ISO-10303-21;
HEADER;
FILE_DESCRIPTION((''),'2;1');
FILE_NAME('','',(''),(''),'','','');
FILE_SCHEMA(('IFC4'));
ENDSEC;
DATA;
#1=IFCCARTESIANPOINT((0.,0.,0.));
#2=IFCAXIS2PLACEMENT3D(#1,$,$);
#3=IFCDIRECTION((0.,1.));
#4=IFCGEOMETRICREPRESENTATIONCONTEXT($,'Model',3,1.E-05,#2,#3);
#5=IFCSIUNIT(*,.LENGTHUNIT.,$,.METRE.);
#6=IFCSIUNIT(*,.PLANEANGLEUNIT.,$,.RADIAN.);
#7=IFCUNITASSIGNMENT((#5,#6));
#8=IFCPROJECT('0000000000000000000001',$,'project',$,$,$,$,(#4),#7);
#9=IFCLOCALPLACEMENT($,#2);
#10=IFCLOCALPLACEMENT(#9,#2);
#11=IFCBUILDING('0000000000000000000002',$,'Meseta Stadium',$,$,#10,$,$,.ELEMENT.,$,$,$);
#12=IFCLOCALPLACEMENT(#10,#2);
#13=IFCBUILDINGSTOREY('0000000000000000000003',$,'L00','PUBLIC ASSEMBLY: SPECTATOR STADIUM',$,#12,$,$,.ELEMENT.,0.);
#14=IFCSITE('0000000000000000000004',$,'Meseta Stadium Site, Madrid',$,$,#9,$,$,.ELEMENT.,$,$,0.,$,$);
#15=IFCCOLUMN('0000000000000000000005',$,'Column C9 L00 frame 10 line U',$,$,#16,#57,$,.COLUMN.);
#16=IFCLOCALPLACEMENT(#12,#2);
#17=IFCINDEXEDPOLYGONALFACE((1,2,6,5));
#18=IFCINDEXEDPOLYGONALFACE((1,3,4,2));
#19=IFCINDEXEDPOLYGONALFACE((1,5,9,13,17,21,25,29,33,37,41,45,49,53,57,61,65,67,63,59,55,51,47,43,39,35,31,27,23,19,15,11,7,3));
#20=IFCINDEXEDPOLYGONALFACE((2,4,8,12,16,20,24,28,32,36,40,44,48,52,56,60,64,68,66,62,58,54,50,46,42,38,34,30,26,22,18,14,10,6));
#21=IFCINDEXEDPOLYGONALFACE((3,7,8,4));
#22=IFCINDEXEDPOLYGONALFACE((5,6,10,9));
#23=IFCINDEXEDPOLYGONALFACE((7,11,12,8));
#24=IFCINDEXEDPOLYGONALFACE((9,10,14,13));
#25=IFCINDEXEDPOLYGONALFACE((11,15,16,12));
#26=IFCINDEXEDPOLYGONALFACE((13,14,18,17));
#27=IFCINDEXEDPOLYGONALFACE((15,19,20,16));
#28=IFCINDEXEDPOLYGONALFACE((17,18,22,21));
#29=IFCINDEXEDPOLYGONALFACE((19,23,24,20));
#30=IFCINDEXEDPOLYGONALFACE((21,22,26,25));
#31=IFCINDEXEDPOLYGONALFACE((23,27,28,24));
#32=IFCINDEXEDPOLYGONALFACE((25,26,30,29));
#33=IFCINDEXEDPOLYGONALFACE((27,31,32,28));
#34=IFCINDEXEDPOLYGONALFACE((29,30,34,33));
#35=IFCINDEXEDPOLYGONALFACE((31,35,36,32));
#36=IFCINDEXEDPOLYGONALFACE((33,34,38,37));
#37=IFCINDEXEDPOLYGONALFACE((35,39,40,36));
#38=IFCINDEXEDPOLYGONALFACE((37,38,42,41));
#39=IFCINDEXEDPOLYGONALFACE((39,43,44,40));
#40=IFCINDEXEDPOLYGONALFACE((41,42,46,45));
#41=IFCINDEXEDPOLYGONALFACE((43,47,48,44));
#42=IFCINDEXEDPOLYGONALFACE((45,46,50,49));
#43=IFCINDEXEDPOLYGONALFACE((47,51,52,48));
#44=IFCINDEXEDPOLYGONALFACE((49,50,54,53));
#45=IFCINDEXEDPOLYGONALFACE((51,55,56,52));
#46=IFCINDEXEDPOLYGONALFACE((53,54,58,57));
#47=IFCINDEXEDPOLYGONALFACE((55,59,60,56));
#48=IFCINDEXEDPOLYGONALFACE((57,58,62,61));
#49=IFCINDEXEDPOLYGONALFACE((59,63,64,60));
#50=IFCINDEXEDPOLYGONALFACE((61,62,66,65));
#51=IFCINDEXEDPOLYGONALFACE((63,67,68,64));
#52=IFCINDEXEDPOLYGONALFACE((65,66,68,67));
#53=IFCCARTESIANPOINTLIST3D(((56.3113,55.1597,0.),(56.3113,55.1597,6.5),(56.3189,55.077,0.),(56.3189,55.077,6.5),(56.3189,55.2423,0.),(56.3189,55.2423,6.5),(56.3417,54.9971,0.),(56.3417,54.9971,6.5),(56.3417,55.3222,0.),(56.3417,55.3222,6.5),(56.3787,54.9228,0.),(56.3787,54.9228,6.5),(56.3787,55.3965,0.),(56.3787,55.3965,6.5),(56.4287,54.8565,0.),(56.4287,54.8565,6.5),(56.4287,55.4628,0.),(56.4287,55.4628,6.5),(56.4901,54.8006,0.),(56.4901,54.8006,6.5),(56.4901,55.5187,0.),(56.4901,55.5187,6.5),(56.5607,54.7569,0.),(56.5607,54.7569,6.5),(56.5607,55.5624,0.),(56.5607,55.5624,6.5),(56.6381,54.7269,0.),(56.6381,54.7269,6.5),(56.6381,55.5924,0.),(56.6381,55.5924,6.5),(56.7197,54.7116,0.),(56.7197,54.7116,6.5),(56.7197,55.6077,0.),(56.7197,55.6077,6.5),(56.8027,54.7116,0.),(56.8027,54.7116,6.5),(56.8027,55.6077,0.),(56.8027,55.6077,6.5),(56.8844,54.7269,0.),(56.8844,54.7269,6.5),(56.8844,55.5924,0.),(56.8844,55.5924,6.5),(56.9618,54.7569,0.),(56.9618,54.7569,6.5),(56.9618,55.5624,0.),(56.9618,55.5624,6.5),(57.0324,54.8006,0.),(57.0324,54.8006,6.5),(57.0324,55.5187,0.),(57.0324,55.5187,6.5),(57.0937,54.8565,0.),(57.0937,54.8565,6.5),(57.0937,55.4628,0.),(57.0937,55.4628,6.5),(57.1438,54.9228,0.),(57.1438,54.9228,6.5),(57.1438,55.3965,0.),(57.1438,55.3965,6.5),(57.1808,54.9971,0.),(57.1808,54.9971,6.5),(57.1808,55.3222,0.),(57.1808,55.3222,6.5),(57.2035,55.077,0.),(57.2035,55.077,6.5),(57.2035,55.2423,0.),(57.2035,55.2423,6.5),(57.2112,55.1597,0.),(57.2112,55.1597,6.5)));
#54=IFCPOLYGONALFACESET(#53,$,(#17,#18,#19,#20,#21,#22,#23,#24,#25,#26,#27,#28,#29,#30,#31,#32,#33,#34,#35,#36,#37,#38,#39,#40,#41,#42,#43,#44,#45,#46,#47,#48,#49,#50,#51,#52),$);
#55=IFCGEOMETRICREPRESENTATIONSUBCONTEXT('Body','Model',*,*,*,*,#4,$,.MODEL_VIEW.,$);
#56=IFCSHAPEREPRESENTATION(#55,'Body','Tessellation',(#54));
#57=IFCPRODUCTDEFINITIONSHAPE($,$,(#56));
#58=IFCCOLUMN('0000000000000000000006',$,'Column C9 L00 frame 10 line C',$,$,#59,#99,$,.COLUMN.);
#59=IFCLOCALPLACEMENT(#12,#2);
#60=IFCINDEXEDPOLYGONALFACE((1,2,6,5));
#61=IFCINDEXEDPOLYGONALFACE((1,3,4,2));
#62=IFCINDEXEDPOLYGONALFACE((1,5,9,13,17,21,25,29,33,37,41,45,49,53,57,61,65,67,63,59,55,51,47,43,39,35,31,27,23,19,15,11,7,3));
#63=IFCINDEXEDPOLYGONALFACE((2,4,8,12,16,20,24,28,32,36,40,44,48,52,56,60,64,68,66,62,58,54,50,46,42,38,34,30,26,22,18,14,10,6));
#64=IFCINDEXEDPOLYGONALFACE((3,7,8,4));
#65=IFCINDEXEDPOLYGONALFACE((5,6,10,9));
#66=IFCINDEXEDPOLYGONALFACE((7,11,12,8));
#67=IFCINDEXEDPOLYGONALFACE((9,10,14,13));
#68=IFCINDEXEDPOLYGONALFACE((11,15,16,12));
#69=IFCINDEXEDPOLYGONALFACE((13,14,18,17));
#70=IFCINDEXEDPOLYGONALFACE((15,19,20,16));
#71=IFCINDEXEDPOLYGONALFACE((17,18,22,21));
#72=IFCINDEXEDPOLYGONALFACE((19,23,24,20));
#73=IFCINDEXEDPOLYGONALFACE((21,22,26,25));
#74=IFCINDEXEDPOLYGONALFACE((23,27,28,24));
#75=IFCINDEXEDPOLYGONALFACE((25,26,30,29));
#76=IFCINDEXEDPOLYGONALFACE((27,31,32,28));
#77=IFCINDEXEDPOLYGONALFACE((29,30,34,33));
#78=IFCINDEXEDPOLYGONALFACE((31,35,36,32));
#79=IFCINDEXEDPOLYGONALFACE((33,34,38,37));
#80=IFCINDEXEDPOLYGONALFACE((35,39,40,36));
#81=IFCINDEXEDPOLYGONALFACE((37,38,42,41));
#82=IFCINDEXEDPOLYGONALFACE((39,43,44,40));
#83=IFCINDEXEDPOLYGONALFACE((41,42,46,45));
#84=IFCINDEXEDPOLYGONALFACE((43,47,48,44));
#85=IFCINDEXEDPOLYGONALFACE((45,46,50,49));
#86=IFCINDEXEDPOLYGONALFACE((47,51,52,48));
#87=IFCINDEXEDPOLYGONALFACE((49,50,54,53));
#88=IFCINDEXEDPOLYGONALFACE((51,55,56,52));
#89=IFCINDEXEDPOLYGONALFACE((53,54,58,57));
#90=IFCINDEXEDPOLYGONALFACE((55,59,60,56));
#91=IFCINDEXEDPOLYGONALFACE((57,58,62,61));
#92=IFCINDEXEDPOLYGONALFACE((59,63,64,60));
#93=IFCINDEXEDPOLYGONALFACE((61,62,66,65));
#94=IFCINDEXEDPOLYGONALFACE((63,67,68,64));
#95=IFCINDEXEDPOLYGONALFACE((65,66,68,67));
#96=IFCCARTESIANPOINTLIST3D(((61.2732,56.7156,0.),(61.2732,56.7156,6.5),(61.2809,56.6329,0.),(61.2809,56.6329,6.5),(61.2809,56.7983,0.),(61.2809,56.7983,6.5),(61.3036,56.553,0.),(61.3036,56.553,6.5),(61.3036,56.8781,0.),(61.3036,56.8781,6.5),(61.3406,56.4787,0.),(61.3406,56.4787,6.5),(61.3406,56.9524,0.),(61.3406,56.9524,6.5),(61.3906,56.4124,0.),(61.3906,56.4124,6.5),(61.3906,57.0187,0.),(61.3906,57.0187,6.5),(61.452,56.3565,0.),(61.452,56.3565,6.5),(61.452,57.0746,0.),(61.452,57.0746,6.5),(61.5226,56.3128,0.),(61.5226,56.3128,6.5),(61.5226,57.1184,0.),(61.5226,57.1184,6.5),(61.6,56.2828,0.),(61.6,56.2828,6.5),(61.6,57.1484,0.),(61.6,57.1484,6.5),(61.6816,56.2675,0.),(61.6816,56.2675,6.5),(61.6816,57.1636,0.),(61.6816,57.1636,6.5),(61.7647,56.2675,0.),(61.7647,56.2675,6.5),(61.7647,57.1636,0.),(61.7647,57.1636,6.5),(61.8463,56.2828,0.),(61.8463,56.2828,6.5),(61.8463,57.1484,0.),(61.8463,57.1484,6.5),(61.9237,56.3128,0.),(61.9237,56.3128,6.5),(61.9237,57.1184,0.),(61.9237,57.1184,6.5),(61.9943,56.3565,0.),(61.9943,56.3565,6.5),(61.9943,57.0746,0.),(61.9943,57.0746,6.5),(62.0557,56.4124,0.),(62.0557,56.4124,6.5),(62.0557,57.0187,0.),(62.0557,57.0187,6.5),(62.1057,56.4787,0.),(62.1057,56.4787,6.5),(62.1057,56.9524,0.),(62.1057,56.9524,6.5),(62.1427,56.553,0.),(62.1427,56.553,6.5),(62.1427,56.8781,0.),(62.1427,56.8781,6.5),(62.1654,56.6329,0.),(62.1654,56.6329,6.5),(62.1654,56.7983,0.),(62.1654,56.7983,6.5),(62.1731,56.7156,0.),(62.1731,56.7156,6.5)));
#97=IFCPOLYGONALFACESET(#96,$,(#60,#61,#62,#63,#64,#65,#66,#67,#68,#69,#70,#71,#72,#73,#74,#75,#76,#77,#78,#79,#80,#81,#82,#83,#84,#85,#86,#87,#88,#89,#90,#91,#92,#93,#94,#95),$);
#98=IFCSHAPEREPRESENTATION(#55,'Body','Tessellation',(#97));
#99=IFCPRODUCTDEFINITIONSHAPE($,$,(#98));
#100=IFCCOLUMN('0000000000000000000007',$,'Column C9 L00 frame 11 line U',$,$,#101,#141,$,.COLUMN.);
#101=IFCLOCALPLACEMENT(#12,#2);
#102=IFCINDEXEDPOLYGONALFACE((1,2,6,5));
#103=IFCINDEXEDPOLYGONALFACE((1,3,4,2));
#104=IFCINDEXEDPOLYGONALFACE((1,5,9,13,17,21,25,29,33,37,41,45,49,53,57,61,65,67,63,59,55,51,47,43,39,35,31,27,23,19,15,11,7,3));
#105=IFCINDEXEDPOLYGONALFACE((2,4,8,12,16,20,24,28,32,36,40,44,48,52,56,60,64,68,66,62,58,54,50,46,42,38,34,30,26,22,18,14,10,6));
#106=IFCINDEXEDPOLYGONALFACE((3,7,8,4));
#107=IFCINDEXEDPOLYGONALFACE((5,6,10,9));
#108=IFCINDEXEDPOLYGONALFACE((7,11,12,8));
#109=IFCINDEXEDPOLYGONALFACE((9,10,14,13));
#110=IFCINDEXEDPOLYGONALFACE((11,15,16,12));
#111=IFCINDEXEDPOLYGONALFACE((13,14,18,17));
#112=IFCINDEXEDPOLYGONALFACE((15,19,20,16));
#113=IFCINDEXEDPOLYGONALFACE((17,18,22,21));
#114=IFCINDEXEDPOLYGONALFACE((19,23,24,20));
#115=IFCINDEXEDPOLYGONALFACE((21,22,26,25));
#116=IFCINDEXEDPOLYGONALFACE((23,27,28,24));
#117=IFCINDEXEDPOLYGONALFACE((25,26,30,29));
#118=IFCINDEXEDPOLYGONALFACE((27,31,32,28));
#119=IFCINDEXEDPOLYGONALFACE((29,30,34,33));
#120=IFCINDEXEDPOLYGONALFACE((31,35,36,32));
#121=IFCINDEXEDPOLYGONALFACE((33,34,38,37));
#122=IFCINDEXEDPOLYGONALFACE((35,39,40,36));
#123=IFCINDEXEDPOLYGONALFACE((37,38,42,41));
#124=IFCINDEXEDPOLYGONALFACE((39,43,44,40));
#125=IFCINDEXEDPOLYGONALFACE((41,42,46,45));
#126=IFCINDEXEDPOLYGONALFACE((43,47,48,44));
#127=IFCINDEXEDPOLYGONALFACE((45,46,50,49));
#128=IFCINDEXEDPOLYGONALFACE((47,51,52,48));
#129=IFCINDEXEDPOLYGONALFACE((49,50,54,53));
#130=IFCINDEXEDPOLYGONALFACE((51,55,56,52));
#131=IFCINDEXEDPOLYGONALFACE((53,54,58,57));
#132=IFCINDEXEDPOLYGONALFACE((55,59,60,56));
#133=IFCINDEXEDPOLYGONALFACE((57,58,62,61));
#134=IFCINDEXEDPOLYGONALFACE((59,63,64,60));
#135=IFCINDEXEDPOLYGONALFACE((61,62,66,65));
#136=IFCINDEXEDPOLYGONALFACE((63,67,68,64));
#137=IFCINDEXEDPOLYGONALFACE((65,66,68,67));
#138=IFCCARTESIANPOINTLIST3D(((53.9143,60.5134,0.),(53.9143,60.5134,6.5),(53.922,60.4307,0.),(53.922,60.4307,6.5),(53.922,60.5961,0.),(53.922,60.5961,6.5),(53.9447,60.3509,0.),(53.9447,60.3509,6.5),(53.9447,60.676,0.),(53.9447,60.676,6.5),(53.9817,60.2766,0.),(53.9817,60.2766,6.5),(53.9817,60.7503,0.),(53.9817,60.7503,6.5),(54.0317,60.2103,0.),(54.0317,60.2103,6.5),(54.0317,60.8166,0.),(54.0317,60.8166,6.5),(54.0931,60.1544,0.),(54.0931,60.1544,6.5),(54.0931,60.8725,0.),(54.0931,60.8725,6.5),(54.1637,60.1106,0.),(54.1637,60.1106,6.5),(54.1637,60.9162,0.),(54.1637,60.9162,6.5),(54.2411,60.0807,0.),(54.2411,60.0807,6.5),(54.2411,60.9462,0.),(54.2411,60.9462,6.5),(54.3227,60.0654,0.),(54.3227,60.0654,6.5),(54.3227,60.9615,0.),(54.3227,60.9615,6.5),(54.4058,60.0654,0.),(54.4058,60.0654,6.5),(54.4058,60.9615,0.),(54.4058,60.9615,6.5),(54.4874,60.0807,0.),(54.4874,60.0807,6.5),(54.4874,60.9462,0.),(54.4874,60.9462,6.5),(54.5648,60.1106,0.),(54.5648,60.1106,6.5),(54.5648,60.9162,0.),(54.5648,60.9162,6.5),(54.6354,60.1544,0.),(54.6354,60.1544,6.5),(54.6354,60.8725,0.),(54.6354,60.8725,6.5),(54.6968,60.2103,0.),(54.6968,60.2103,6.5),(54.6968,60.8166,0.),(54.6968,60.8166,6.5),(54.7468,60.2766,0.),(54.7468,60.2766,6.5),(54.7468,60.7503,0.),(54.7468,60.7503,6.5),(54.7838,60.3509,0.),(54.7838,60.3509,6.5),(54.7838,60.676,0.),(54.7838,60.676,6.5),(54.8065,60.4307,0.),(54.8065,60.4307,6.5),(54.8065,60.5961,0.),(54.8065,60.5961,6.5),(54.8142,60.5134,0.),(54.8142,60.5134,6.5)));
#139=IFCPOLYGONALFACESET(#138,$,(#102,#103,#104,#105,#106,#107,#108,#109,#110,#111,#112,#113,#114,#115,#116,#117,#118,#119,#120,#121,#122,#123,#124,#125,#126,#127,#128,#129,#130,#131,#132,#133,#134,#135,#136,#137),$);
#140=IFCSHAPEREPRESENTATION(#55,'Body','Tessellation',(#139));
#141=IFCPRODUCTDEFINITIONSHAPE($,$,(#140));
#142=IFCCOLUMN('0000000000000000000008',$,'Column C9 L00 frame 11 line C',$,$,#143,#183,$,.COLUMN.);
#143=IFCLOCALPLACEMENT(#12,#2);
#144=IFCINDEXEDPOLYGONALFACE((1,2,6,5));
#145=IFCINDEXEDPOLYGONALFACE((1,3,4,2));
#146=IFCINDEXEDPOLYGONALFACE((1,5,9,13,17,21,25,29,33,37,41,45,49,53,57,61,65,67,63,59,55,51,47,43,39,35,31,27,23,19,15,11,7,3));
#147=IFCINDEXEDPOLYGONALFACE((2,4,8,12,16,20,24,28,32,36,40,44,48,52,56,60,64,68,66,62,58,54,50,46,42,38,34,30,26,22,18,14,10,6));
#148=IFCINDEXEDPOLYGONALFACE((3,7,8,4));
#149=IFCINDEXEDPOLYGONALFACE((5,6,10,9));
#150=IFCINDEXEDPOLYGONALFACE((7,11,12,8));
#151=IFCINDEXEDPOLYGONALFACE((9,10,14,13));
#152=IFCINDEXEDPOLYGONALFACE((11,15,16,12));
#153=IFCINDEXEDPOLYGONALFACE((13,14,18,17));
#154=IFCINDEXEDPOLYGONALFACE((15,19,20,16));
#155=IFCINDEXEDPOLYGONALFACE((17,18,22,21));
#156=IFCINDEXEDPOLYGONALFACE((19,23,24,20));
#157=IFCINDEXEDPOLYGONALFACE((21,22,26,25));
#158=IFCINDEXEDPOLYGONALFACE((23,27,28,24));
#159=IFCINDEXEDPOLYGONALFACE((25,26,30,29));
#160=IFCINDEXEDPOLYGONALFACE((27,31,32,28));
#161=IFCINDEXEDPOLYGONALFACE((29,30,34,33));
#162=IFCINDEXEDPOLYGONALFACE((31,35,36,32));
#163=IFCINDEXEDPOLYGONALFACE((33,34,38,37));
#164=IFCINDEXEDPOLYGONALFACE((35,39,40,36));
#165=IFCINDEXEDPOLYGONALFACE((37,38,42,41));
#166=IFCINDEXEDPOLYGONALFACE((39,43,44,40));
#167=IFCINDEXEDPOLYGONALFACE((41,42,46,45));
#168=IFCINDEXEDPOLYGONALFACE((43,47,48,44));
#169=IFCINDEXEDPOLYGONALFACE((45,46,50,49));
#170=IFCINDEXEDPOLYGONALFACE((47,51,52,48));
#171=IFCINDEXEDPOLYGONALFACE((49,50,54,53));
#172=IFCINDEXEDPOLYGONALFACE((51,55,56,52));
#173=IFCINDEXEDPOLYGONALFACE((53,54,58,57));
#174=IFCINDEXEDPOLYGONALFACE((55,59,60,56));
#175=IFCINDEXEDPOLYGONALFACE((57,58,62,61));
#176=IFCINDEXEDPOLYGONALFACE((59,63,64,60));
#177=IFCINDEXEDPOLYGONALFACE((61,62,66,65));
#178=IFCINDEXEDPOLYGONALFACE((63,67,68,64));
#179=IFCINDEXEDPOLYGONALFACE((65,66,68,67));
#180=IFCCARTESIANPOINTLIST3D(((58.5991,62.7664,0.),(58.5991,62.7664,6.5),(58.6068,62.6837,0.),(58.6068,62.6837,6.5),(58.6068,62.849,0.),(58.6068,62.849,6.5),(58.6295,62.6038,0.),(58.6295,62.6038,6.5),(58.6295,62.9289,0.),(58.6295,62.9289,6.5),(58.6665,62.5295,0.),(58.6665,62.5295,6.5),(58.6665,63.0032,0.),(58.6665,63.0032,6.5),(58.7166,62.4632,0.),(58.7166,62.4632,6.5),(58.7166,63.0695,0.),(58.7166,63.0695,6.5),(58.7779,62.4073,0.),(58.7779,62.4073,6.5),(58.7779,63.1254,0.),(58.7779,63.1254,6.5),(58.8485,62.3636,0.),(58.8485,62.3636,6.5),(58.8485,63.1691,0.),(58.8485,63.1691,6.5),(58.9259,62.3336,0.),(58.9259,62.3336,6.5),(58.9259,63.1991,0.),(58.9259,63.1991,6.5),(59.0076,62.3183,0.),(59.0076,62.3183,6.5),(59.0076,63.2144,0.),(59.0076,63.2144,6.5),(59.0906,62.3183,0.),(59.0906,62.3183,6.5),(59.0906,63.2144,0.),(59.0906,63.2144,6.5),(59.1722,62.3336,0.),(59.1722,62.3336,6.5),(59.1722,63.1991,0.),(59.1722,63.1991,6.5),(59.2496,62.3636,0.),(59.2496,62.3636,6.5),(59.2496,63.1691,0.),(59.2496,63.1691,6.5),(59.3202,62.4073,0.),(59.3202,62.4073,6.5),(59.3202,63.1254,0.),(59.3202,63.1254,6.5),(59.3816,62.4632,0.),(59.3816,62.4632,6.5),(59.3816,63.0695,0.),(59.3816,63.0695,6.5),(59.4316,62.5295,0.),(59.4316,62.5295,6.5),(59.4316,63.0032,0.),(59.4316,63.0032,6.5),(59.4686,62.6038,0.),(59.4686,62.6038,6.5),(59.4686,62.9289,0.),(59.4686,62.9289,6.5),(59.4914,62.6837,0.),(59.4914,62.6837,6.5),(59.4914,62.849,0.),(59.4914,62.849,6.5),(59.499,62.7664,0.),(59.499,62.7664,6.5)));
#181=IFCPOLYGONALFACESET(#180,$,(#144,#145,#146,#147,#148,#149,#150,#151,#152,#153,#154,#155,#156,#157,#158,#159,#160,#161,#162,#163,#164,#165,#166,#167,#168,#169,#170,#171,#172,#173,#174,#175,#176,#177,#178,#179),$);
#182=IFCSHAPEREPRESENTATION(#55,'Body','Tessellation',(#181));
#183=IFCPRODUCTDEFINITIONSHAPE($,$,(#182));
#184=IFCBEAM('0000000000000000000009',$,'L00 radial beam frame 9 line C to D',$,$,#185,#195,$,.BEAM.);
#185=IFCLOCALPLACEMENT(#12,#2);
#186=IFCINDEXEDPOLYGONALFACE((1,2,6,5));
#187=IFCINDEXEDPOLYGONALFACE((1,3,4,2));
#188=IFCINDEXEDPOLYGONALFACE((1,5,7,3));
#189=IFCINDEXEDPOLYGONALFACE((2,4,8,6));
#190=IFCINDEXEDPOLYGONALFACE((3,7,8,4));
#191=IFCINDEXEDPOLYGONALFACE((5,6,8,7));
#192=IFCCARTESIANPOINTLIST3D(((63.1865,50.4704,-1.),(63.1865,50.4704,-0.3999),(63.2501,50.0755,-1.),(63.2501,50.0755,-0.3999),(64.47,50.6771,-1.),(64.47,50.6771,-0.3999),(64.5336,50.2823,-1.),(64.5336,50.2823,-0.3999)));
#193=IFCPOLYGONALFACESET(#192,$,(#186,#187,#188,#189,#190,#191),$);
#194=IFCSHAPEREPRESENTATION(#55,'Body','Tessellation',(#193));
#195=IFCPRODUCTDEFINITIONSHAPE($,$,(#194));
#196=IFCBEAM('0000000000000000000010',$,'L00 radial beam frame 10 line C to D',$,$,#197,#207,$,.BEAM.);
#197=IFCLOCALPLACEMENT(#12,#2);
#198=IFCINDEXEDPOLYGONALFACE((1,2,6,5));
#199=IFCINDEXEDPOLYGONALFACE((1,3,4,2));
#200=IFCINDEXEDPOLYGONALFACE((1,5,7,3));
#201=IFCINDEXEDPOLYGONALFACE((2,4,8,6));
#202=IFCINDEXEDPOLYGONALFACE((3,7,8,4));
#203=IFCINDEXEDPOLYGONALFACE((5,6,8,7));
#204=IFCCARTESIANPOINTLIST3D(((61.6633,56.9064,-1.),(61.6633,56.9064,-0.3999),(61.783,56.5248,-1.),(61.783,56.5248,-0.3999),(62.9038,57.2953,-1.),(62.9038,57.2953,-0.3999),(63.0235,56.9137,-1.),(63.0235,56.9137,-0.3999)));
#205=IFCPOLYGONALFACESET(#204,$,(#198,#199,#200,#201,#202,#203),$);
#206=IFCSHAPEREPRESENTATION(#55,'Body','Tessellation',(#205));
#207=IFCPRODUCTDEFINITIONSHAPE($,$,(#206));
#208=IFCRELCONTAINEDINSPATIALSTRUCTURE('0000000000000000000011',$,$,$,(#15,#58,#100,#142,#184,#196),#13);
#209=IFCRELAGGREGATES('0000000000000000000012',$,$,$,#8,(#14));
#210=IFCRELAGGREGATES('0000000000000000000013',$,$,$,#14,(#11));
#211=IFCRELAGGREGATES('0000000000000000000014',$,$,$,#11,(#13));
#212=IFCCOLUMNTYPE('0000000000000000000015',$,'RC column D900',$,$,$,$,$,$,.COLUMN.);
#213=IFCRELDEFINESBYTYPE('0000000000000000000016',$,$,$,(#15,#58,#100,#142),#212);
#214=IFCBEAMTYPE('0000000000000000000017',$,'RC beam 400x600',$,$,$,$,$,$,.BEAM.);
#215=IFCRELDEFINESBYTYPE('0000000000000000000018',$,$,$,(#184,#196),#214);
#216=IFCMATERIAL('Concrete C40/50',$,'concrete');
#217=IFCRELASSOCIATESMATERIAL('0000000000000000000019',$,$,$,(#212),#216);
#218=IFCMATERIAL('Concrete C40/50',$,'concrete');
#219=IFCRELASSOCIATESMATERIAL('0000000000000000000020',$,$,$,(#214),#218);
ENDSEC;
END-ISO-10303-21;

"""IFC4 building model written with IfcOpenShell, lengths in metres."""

from ifc_helpers import new_model, si_unit, direction, frame, origin, origin_2d, place, context, subcontext, project, spatial, rectangle, circle, extrude, material, material_profile, profile_set, type_object, element, save


model = new_model("IFC4")

# Units and contexts
model_context = context("Model", 3, precision=1e-05, world=origin(), true_north=direction((0.0, 1.0)))
body_context = subcontext(model_context, "Body", "Model", "MODEL_VIEW")
ifc_project = project(units=[si_unit("LENGTHUNIT", "METRE"), si_unit("PLANEANGLEUNIT", "RADIAN")], contexts=[model_context])

# Site, building, storey
site_placement = place(None, origin())
site = spatial("IfcSite", under=ifc_project, at=site_placement, Name="Meseta Stadium Site, Madrid", CompositionType="ELEMENT", RefElevation=0.0)
building_placement = place(site_placement, origin())
building = spatial("IfcBuilding", under=site, at=building_placement, Name="Meseta Stadium", CompositionType="ELEMENT")
storey_placement = place(building_placement, origin())
storey = spatial("IfcBuildingStorey", under=building, at=storey_placement, Name="L00", Description="PUBLIC ASSEMBLY: SPECTATOR STADIUM", CompositionType="ELEMENT", Elevation=0.0)

# Columns
ifc_material_1 = material(Name="Concrete C40/50", Category="concrete")
ifc_material_profile_1 = material_profile(ifc_material_1, circle(Radius=0.45, at=origin_2d()), Name="RC D900")
ifc_profile_set_1 = profile_set([ifc_material_profile_1], Name="Concrete C40/50")
column_type_1 = type_object("IfcColumnType", Name="RC column D900", PredefinedType="COLUMN", material=ifc_profile_set_1)
for number, where, z_axis, x_axis, name in (
    (1, (56.7612, 55.1597, 0.0), (0.0, 0.0, 1.0), (1.0, 0.0, 0.0), "Column C9 L00 frame 10 line U"),
    (2, (61.7231, 56.7156, 0.0), (0.0, 0.0, 1.0), (1.0, 0.0, 0.0), "Column C9 L00 frame 10 line C"),
    (3, (54.3643, 60.5134, 0.0), (0.0, 0.0, 1.0), (1.0, 0.0, 0.0), "Column C9 L00 frame 11 line U"),
    (4, (59.0491, 62.7664, 0.0), (0.0, 0.0, 1.0), (1.0, 0.0, 0.0), "Column C9 L00 frame 11 line C"),
):
    element("IfcColumn", number, at=place(storey_placement, frame(where, z_axis=z_axis, x_axis=x_axis)), inside=storey, type_object=column_type_1, Name=name, PredefinedType="COLUMN", context=body_context, shape_type="SweptSolid", body=[
        extrude(circle(Radius=0.45, at=origin_2d()), origin(), (0.0, 0.0, 1.0), 6.5),
    ])

# Beams
ifc_material_2 = material(Name="Concrete C40/50", Category="concrete")
ifc_material_profile_2 = material_profile(ifc_material_2, rectangle(XDim=0.3999, YDim=0.6001, at=origin_2d()), Name="RC 400x600")
ifc_profile_set_2 = profile_set([ifc_material_profile_2], Name="Concrete C40/50")
beam_type_1 = type_object("IfcBeamType", Name="RC beam 400x600", PredefinedType="BEAM", material=ifc_profile_set_2)
for number, where, z_axis, x_axis, name in (
    (5, (63.2183, 50.2729, -0.7), (0.987268, 0.159067, 0.0), (-0.159067, 0.987268, 0.0), "L00 radial beam frame 9 line C to D"),
    (6, (61.7231, 56.7156, -0.7), (0.954202, 0.299162, 0.0), (-0.299162, 0.954202, 0.0), "L00 radial beam frame 10 line C to D"),
):
    element("IfcBeam", number, at=place(storey_placement, frame(where, z_axis=z_axis, x_axis=x_axis)), inside=storey, type_object=beam_type_1, Name=name, PredefinedType="BEAM", context=body_context, shape_type="SweptSolid", body=[
        extrude(rectangle(XDim=0.3999, YDim=0.6001, at=origin_2d()), origin(), (0.0, 0.0, 1.0), 1.3),
    ])

save(model, "model.ifc")
